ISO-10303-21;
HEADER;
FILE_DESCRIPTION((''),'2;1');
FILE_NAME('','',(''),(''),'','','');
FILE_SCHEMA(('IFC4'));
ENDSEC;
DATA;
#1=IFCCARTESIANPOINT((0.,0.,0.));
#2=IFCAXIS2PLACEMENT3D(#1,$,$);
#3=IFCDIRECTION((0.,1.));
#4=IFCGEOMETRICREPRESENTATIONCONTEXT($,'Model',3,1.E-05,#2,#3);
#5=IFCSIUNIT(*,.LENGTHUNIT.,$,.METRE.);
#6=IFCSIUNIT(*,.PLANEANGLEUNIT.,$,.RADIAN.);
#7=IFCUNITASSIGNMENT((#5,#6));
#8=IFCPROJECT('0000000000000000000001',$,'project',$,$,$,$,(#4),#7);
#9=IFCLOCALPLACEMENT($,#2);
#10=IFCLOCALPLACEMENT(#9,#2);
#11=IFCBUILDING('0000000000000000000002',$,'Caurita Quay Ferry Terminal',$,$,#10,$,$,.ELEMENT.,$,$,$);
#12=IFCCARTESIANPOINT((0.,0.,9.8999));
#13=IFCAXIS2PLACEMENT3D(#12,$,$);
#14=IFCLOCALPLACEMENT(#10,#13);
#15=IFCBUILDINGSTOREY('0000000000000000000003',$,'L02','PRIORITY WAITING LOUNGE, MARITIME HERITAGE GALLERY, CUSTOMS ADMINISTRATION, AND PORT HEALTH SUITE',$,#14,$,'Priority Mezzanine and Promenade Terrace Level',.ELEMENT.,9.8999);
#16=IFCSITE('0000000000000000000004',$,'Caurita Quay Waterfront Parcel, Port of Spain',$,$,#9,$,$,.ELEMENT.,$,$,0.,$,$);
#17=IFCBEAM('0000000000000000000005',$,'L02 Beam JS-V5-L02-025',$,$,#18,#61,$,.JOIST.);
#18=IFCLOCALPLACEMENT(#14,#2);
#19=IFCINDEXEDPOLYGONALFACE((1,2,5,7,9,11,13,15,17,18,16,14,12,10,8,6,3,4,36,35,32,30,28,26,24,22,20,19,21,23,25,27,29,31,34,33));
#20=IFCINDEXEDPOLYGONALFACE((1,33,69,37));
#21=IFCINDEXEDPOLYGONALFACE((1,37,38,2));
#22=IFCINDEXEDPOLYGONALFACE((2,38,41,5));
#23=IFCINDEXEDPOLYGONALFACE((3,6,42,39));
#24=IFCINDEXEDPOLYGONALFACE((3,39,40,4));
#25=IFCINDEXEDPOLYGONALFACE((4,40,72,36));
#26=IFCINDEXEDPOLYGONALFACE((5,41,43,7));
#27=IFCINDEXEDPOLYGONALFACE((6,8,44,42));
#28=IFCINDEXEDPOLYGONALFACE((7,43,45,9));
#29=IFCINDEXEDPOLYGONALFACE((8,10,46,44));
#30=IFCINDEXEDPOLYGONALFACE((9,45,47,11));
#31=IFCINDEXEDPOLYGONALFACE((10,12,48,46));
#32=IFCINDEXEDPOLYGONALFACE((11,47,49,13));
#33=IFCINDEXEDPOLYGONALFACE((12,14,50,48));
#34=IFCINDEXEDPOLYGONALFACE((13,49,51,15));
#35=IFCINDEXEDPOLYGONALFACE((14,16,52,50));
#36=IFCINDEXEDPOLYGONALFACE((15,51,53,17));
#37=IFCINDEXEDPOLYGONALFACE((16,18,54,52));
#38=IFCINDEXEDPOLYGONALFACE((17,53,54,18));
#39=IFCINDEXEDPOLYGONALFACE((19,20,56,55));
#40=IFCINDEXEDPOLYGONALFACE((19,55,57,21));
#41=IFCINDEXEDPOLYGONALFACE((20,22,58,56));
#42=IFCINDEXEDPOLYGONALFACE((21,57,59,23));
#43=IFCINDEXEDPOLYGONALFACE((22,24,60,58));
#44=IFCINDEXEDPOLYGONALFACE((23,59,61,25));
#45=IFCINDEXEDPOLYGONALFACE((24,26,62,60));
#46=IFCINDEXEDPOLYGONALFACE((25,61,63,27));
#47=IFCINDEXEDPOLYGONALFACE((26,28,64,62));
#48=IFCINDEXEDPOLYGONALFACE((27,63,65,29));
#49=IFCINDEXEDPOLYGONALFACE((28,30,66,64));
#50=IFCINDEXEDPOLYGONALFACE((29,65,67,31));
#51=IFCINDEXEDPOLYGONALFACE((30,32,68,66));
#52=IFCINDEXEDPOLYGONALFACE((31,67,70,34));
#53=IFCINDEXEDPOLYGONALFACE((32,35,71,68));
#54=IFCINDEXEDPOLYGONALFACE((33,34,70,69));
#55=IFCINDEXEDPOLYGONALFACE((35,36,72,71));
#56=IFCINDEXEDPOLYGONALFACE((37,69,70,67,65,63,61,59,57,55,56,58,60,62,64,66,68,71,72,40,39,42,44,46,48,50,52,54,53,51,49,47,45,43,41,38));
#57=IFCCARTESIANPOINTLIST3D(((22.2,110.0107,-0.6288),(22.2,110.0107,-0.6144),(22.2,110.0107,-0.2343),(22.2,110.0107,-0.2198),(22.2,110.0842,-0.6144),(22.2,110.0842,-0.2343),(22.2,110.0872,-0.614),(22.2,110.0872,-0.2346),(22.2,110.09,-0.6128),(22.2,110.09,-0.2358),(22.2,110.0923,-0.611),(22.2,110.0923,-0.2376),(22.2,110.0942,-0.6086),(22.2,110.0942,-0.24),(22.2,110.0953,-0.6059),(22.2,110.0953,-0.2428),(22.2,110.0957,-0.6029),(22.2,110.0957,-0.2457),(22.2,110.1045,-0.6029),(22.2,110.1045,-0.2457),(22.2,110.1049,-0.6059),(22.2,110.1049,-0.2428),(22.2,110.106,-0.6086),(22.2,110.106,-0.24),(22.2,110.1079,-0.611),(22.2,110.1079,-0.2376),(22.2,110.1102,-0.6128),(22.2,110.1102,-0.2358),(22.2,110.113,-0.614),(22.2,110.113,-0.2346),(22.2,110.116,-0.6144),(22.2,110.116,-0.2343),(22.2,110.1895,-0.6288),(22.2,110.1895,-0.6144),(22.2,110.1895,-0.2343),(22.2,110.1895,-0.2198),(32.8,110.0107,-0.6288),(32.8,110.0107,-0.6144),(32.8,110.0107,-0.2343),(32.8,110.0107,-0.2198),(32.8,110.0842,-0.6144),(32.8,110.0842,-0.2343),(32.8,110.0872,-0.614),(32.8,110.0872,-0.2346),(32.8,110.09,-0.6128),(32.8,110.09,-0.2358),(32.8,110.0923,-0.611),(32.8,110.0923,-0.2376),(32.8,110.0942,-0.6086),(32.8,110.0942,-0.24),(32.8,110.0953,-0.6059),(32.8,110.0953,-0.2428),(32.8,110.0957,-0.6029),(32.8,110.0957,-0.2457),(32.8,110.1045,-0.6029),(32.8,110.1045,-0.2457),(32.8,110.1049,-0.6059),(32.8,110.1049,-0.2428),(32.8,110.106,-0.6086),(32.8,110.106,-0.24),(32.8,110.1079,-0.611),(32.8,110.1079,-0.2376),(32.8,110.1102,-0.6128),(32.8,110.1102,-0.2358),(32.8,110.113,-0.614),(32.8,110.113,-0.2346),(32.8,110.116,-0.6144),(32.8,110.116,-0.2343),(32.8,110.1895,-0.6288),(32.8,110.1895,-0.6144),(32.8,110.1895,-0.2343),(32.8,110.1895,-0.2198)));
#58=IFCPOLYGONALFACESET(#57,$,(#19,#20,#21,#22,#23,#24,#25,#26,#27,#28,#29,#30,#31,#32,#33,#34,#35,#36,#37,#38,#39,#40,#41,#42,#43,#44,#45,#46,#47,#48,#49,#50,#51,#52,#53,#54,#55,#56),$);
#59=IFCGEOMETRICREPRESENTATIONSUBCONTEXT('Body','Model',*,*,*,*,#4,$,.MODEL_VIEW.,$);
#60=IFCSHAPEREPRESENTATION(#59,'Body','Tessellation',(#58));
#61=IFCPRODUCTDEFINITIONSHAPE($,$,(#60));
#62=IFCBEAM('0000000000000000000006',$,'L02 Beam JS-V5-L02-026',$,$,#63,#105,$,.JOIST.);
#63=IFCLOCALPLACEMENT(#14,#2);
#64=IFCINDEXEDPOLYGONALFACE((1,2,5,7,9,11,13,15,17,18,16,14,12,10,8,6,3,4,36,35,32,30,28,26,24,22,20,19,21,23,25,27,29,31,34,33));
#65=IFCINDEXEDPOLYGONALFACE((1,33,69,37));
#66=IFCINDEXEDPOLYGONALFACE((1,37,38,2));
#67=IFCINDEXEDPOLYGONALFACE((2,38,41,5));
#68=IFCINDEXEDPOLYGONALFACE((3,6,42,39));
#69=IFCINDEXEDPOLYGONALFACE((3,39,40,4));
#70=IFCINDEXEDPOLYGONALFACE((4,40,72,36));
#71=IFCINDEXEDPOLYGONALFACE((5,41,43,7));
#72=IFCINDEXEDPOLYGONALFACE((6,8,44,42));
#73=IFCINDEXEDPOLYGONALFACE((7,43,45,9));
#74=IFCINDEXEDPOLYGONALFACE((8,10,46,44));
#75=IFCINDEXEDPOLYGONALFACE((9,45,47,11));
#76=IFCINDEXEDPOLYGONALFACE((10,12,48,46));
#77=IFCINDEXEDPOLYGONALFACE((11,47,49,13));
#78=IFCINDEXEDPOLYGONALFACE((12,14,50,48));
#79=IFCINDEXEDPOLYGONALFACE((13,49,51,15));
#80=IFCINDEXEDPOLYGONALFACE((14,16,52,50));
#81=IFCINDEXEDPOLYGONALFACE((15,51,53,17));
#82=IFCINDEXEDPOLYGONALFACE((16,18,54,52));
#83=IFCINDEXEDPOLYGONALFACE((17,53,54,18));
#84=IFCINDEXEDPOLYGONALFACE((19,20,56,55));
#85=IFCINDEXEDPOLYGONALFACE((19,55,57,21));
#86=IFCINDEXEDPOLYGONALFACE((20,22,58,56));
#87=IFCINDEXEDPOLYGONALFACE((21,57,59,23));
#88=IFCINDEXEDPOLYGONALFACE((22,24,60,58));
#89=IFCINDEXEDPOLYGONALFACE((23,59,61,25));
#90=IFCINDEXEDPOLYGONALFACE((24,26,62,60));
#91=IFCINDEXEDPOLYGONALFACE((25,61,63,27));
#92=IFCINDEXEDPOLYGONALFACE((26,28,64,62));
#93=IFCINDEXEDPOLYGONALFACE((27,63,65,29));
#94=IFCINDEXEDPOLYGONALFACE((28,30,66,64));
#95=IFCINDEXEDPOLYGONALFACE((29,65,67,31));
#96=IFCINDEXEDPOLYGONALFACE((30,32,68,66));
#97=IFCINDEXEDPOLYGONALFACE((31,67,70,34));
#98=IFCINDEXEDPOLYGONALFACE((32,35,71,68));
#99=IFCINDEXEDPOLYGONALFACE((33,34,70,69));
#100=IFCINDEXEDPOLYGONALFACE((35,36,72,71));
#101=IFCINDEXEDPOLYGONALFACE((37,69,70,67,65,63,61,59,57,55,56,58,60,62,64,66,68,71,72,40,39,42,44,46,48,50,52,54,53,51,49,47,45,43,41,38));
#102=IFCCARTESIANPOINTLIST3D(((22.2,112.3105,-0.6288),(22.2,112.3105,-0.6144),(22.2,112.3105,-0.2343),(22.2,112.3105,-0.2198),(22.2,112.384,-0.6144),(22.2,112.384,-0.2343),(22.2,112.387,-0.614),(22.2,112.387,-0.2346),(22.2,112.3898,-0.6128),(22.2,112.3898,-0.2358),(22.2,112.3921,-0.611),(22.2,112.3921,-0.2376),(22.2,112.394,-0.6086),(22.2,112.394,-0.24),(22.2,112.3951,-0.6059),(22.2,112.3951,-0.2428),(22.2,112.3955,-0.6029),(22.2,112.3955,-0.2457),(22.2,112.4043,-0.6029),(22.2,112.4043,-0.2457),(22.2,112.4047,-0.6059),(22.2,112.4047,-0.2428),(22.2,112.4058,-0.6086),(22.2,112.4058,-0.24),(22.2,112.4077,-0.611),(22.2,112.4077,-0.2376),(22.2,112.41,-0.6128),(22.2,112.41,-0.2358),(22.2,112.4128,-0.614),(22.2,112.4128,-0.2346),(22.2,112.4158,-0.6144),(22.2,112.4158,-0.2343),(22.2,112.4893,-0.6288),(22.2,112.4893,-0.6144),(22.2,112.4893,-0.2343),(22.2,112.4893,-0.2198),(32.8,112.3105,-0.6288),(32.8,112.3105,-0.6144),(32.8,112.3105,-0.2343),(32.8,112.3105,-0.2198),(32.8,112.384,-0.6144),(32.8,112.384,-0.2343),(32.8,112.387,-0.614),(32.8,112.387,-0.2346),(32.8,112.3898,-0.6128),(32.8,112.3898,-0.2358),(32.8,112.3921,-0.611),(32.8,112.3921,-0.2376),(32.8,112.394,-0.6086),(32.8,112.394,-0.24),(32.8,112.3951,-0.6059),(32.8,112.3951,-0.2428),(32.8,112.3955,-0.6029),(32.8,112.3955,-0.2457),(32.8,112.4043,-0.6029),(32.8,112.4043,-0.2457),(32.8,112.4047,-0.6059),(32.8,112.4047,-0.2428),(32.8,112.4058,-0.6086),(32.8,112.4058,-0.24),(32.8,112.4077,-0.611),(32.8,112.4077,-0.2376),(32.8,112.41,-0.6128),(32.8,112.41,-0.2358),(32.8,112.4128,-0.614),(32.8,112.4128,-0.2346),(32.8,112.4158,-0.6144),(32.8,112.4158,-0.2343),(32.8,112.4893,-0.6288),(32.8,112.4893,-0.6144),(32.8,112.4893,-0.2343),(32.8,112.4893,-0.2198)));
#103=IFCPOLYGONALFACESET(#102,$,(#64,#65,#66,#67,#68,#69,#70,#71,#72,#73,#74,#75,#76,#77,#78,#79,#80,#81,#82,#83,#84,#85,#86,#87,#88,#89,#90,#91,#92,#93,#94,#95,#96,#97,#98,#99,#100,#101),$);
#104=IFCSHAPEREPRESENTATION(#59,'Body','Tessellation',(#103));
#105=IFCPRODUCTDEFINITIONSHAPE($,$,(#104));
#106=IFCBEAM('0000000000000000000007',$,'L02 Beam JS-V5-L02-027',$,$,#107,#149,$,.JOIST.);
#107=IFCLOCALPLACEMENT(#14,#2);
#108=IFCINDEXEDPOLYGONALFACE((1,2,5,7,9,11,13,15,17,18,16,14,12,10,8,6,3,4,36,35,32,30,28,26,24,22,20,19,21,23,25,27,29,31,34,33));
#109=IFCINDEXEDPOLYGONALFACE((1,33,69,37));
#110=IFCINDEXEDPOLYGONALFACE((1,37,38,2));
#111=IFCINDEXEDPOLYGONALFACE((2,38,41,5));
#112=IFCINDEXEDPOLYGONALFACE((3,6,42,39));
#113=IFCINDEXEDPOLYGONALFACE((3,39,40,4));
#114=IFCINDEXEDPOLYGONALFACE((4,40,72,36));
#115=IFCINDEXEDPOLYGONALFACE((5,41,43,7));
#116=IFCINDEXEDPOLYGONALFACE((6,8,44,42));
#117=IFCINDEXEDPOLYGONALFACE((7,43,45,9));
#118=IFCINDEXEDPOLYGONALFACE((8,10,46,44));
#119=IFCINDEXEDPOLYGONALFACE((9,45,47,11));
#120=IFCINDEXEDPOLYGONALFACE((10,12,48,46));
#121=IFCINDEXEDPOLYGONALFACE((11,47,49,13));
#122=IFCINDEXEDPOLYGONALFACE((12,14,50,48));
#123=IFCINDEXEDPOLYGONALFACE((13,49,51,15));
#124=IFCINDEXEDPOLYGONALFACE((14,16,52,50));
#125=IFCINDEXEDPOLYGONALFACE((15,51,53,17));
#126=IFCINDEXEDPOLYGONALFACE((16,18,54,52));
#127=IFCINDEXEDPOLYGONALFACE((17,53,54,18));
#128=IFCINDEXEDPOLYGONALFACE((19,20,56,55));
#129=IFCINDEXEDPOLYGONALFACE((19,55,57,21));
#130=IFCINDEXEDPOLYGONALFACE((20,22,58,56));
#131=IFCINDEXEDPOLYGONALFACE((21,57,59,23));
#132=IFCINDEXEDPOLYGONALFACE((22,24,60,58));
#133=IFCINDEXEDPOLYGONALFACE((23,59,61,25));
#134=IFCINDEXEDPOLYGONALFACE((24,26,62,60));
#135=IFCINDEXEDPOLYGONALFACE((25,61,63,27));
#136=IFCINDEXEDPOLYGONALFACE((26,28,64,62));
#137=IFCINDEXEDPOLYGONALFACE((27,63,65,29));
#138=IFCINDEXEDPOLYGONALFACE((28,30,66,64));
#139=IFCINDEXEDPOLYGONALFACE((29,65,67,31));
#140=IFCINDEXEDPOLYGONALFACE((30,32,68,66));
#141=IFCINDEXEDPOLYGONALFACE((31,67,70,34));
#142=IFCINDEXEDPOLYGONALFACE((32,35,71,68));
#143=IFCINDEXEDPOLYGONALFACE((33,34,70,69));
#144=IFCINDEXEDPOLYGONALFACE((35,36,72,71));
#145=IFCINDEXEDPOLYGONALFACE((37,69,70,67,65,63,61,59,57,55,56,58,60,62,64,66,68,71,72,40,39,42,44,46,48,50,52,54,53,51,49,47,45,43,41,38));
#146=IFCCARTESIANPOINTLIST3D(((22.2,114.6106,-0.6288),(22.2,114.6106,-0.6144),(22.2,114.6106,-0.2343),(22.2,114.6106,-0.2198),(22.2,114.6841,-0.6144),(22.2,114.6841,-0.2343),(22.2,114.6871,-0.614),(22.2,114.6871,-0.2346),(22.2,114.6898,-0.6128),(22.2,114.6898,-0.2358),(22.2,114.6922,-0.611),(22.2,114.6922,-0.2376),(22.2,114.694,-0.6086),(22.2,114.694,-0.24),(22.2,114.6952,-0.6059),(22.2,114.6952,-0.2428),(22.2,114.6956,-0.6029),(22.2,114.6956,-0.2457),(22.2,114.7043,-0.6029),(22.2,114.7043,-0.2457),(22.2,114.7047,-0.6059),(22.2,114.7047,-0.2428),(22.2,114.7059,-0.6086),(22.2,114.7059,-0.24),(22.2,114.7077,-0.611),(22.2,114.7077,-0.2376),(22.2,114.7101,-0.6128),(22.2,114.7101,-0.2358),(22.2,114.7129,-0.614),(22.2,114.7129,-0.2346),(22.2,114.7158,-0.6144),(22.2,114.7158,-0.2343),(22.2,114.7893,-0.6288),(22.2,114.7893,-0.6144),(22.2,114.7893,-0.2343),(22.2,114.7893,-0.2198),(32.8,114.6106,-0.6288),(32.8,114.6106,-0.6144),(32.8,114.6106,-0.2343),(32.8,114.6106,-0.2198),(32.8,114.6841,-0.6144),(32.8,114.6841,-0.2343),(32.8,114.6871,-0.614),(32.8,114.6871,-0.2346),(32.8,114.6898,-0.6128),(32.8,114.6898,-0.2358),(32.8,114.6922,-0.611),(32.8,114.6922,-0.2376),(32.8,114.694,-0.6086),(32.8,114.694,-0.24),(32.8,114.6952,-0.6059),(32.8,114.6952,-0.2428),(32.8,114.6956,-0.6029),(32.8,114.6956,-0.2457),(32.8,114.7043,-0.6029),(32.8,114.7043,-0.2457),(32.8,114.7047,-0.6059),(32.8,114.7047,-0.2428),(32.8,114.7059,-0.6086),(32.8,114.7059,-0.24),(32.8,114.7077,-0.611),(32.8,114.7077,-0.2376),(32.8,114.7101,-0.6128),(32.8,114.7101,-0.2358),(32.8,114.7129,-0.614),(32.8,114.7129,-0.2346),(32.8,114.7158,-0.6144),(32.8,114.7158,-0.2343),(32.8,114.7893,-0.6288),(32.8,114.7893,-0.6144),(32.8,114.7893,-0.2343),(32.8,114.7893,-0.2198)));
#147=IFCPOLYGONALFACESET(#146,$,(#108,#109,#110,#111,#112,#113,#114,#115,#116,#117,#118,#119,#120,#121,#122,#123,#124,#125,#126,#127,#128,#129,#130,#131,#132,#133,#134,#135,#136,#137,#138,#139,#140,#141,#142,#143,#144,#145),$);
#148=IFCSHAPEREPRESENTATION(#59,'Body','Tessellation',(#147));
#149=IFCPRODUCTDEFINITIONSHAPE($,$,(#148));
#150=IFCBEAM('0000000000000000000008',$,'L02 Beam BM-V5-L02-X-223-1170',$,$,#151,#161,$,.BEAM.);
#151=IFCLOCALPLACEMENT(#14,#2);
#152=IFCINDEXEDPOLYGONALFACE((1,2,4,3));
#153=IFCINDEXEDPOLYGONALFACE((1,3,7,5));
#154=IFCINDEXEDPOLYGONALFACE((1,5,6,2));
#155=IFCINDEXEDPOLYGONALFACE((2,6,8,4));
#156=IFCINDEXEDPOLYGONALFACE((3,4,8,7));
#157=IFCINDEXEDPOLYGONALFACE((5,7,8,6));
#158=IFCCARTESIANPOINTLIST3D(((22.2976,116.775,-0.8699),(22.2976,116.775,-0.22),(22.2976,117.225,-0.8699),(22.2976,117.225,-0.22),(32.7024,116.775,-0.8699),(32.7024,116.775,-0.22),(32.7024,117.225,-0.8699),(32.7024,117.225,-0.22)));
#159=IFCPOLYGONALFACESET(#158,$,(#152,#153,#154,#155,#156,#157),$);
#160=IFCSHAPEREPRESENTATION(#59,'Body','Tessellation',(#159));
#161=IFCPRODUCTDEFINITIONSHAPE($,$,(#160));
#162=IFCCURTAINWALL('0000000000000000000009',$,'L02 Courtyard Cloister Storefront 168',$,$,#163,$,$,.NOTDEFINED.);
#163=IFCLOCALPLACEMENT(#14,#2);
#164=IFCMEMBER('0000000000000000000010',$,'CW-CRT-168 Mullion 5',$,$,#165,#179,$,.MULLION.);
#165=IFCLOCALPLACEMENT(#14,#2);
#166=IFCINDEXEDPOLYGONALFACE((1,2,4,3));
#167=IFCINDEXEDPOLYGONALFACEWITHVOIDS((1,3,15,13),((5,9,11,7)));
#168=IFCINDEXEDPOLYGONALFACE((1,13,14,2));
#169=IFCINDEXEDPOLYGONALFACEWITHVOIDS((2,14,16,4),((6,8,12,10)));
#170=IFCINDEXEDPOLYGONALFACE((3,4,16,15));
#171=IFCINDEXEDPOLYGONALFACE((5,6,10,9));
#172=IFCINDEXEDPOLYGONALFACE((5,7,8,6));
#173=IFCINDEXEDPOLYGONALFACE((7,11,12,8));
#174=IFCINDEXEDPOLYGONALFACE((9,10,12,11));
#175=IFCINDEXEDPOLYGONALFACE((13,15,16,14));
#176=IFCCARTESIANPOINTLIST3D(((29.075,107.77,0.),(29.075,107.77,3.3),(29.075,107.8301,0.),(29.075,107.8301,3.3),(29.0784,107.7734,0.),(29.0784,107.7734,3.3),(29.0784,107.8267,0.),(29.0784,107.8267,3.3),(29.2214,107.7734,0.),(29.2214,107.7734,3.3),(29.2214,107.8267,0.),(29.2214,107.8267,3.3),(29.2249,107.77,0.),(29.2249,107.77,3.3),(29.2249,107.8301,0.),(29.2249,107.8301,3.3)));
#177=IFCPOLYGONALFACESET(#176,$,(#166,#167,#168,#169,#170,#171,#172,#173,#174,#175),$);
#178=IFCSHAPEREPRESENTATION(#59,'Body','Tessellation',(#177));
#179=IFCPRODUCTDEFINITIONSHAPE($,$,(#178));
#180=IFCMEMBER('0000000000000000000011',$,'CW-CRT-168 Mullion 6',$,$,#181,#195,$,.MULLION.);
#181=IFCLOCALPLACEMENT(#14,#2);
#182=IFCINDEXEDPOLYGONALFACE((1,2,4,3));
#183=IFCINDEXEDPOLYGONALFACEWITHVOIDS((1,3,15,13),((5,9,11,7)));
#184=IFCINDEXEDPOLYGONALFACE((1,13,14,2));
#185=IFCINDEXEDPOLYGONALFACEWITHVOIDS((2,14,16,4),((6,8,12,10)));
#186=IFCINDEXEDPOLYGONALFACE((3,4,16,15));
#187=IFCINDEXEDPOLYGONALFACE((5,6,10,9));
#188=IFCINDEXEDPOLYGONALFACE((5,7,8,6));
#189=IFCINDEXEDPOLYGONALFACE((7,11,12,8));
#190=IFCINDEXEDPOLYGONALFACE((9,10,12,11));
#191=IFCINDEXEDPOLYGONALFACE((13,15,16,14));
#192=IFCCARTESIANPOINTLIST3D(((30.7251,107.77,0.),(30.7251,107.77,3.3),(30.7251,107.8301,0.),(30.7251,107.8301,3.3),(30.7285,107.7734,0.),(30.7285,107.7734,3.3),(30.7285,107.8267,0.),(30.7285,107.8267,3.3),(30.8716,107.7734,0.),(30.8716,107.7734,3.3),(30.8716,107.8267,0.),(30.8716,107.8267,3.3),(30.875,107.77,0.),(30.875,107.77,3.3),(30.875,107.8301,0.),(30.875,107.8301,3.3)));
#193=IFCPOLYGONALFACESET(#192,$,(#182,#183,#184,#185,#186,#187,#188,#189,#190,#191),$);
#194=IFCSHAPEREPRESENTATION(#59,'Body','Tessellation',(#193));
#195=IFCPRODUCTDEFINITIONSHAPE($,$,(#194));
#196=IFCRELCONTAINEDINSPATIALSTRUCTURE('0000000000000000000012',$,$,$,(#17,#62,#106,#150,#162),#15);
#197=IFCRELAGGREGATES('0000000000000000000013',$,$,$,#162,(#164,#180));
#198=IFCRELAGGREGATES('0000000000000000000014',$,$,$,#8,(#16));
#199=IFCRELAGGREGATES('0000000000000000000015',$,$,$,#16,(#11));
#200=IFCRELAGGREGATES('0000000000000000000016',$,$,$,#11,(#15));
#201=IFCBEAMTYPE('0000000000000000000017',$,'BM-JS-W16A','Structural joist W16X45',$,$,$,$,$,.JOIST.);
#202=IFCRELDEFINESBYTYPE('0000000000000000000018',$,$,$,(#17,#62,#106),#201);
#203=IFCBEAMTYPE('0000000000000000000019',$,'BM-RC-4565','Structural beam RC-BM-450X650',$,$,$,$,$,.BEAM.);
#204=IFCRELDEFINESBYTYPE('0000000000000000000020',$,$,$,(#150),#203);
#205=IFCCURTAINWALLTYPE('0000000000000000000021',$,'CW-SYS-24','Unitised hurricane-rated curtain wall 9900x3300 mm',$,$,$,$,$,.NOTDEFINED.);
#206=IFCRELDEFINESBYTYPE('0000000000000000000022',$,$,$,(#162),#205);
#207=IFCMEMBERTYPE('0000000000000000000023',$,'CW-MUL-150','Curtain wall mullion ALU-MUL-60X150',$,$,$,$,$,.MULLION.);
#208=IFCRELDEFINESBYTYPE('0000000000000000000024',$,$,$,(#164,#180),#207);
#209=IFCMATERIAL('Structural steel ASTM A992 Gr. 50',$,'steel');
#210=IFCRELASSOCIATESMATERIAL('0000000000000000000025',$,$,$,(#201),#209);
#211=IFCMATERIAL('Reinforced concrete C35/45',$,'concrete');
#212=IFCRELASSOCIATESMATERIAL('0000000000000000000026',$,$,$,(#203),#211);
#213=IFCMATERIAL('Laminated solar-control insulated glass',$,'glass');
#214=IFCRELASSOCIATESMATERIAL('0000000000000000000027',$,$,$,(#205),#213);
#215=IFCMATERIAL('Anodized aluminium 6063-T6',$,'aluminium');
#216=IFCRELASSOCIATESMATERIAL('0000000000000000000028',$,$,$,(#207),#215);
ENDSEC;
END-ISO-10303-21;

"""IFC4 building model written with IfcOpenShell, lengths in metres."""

from ifc_helpers import new_model, si_unit, direction, frame, origin, origin_2d, place, context, subcontext, project, spatial, rectangle, hollow_rectangle, i_section, extrude, material, material_profile, profile_set, type_object, element, aggregate, save


model = new_model("IFC4")

# Units and contexts
model_context = context("Model", 3, precision=1e-05, world=origin(), true_north=direction((0.0, 1.0)))
body_context = subcontext(model_context, "Body", "Model", "MODEL_VIEW")
ifc_project = project(units=[si_unit("LENGTHUNIT", "METRE"), si_unit("PLANEANGLEUNIT", "RADIAN")], contexts=[model_context])

# Site, building, storey
site_placement = place(None, origin())
site = spatial("IfcSite", under=ifc_project, at=site_placement, Name="Caurita Quay Waterfront Parcel, Port of Spain", CompositionType="ELEMENT", RefElevation=0.0)
building_placement = place(site_placement, origin())
building = spatial("IfcBuilding", under=site, at=building_placement, Name="Caurita Quay Ferry Terminal", CompositionType="ELEMENT")
storey_placement = place(building_placement, frame((0.0, 0.0, 9.8999)))
storey = spatial("IfcBuildingStorey", under=building, at=storey_placement, Name="L02", Description="PRIORITY WAITING LOUNGE, MARITIME HERITAGE GALLERY, CUSTOMS ADMINISTRATION, AND PORT HEALTH SUITE", LongName="Priority Mezzanine and Promenade Terrace Level", CompositionType="ELEMENT", Elevation=9.8999)

# Beams
ifc_material_1 = material(Name="Structural steel ASTM A992 Gr. 50", Category="steel")
ifc_material_profile_1 = material_profile(ifc_material_1, i_section(OverallWidth=0.1787, OverallDepth=0.4089, WebThickness=0.0088, FlangeThickness=0.0144, FilletRadius=0.0115, at=origin_2d()), Name="W16X45")
ifc_profile_set_1 = profile_set([ifc_material_profile_1], Name="Structural steel ASTM A992 Gr. 50")
beam_type_1 = type_object("IfcBeamType", Name="BM-JS-W16A", Description="Structural joist W16X45", PredefinedType="JOIST", material=ifc_profile_set_1)
for number, where, z_axis, x_axis, name in (
    (1, (22.2, 110.1001, -0.4243), (1.0, 0.0, 0.0), (0.0, 1.0, 0.0), "L02 Beam JS-V5-L02-025"),
    (2, (22.2, 112.3999, -0.4243), (1.0, 0.0, 0.0), (0.0, 1.0, 0.0), "L02 Beam JS-V5-L02-026"),
    (3, (22.2, 114.7, -0.4243), (1.0, 0.0, 0.0), (0.0, 1.0, 0.0), "L02 Beam JS-V5-L02-027"),
):
    element("IfcBeam", number, at=place(storey_placement, frame(where, z_axis=z_axis, x_axis=x_axis)), inside=storey, type_object=beam_type_1, Name=name, PredefinedType="JOIST", context=body_context, shape_type="SweptSolid", body=[
        extrude(i_section(OverallWidth=0.1787, OverallDepth=0.4089, WebThickness=0.0088, FlangeThickness=0.0144, FilletRadius=0.0115, at=origin_2d()), origin(), (0.0, 0.0, 1.0), 10.6001),
    ])
ifc_material_2 = material(Name="Reinforced concrete C35/45", Category="concrete")
ifc_material_profile_2 = material_profile(ifc_material_2, rectangle(XDim=0.45, YDim=0.6499, at=origin_2d()), Name="RC-BM-450X650")
ifc_profile_set_2 = profile_set([ifc_material_profile_2], Name="Reinforced concrete C35/45")
beam_type_2 = type_object("IfcBeamType", Name="BM-RC-4565", Description="Structural beam RC-BM-450X650", PredefinedType="BEAM", material=ifc_profile_set_2)
beam_placement = place(storey_placement, frame((22.2976, 117.0, -0.5449), z_axis=(1.0, 0.0, 0.0), x_axis=(0.0, 1.0, 0.0)))
element("IfcBeam", 4, at=beam_placement, inside=storey, type_object=beam_type_2, Name="L02 Beam BM-V5-L02-X-223-1170", PredefinedType="BEAM", context=body_context, shape_type="SweptSolid", body=[
    extrude(rectangle(XDim=0.45, YDim=0.6499, at=origin_2d()), origin(), (0.0, 0.0, 1.0), 10.4048),
])

# Curtain wall, members
ifc_material_3 = material(Name="Laminated solar-control insulated glass", Category="glass")
curtain_wall_type = type_object("IfcCurtainWallType", Name="CW-SYS-24", Description="Unitised hurricane-rated curtain wall 9900x3300 mm", PredefinedType="NOTDEFINED", material=ifc_material_3)
curtain_wall_placement = place(storey_placement, origin())
curtain_wall = element("IfcCurtainWall", 5, at=curtain_wall_placement, inside=storey, type_object=curtain_wall_type, Name="L02 Courtyard Cloister Storefront 168", PredefinedType="NOTDEFINED")
ifc_material_4 = material(Name="Anodized aluminium 6063-T6", Category="aluminium")
ifc_material_profile_3 = material_profile(ifc_material_4, hollow_rectangle(XDim=0.0601, YDim=0.1499, WallThickness=0.0034, at=origin_2d()), Name="ALU-MUL-60X150")
ifc_profile_set_3 = profile_set([ifc_material_profile_3], Name="Anodized aluminium 6063-T6")
member_type_1 = type_object("IfcMemberType", Name="CW-MUL-150", Description="Curtain wall mullion ALU-MUL-60X150", PredefinedType="MULLION", material=ifc_profile_set_3)
member_1_placement = place(storey_placement, frame((29.1499, 107.8, 0.0), z_axis=(0.0, 0.0, 1.0), x_axis=(0.0, 1.0, 0.0)))
member_1 = element("IfcMember", 6, at=member_1_placement, type_object=member_type_1, Name="CW-CRT-168 Mullion 5", PredefinedType="MULLION", context=body_context, shape_type="SweptSolid", body=[
    extrude(hollow_rectangle(XDim=0.0601, YDim=0.1499, WallThickness=0.0034, at=origin_2d()), origin(), (0.0, 0.0, 1.0), 3.3),
])
member_2_placement = place(storey_placement, frame((30.8, 107.8, 0.0), z_axis=(0.0, 0.0, 1.0), x_axis=(0.0, 1.0, 0.0)))
member_2 = element("IfcMember", 7, at=member_2_placement, type_object=member_type_1, Name="CW-CRT-168 Mullion 6", PredefinedType="MULLION", context=body_context, shape_type="SweptSolid", body=[
    extrude(hollow_rectangle(XDim=0.0601, YDim=0.1499, WallThickness=0.0034, at=origin_2d()), origin(), (0.0, 0.0, 1.0), 3.3),
])
aggregate(curtain_wall, [member_1, member_2])

save(model, "model.ifc")
